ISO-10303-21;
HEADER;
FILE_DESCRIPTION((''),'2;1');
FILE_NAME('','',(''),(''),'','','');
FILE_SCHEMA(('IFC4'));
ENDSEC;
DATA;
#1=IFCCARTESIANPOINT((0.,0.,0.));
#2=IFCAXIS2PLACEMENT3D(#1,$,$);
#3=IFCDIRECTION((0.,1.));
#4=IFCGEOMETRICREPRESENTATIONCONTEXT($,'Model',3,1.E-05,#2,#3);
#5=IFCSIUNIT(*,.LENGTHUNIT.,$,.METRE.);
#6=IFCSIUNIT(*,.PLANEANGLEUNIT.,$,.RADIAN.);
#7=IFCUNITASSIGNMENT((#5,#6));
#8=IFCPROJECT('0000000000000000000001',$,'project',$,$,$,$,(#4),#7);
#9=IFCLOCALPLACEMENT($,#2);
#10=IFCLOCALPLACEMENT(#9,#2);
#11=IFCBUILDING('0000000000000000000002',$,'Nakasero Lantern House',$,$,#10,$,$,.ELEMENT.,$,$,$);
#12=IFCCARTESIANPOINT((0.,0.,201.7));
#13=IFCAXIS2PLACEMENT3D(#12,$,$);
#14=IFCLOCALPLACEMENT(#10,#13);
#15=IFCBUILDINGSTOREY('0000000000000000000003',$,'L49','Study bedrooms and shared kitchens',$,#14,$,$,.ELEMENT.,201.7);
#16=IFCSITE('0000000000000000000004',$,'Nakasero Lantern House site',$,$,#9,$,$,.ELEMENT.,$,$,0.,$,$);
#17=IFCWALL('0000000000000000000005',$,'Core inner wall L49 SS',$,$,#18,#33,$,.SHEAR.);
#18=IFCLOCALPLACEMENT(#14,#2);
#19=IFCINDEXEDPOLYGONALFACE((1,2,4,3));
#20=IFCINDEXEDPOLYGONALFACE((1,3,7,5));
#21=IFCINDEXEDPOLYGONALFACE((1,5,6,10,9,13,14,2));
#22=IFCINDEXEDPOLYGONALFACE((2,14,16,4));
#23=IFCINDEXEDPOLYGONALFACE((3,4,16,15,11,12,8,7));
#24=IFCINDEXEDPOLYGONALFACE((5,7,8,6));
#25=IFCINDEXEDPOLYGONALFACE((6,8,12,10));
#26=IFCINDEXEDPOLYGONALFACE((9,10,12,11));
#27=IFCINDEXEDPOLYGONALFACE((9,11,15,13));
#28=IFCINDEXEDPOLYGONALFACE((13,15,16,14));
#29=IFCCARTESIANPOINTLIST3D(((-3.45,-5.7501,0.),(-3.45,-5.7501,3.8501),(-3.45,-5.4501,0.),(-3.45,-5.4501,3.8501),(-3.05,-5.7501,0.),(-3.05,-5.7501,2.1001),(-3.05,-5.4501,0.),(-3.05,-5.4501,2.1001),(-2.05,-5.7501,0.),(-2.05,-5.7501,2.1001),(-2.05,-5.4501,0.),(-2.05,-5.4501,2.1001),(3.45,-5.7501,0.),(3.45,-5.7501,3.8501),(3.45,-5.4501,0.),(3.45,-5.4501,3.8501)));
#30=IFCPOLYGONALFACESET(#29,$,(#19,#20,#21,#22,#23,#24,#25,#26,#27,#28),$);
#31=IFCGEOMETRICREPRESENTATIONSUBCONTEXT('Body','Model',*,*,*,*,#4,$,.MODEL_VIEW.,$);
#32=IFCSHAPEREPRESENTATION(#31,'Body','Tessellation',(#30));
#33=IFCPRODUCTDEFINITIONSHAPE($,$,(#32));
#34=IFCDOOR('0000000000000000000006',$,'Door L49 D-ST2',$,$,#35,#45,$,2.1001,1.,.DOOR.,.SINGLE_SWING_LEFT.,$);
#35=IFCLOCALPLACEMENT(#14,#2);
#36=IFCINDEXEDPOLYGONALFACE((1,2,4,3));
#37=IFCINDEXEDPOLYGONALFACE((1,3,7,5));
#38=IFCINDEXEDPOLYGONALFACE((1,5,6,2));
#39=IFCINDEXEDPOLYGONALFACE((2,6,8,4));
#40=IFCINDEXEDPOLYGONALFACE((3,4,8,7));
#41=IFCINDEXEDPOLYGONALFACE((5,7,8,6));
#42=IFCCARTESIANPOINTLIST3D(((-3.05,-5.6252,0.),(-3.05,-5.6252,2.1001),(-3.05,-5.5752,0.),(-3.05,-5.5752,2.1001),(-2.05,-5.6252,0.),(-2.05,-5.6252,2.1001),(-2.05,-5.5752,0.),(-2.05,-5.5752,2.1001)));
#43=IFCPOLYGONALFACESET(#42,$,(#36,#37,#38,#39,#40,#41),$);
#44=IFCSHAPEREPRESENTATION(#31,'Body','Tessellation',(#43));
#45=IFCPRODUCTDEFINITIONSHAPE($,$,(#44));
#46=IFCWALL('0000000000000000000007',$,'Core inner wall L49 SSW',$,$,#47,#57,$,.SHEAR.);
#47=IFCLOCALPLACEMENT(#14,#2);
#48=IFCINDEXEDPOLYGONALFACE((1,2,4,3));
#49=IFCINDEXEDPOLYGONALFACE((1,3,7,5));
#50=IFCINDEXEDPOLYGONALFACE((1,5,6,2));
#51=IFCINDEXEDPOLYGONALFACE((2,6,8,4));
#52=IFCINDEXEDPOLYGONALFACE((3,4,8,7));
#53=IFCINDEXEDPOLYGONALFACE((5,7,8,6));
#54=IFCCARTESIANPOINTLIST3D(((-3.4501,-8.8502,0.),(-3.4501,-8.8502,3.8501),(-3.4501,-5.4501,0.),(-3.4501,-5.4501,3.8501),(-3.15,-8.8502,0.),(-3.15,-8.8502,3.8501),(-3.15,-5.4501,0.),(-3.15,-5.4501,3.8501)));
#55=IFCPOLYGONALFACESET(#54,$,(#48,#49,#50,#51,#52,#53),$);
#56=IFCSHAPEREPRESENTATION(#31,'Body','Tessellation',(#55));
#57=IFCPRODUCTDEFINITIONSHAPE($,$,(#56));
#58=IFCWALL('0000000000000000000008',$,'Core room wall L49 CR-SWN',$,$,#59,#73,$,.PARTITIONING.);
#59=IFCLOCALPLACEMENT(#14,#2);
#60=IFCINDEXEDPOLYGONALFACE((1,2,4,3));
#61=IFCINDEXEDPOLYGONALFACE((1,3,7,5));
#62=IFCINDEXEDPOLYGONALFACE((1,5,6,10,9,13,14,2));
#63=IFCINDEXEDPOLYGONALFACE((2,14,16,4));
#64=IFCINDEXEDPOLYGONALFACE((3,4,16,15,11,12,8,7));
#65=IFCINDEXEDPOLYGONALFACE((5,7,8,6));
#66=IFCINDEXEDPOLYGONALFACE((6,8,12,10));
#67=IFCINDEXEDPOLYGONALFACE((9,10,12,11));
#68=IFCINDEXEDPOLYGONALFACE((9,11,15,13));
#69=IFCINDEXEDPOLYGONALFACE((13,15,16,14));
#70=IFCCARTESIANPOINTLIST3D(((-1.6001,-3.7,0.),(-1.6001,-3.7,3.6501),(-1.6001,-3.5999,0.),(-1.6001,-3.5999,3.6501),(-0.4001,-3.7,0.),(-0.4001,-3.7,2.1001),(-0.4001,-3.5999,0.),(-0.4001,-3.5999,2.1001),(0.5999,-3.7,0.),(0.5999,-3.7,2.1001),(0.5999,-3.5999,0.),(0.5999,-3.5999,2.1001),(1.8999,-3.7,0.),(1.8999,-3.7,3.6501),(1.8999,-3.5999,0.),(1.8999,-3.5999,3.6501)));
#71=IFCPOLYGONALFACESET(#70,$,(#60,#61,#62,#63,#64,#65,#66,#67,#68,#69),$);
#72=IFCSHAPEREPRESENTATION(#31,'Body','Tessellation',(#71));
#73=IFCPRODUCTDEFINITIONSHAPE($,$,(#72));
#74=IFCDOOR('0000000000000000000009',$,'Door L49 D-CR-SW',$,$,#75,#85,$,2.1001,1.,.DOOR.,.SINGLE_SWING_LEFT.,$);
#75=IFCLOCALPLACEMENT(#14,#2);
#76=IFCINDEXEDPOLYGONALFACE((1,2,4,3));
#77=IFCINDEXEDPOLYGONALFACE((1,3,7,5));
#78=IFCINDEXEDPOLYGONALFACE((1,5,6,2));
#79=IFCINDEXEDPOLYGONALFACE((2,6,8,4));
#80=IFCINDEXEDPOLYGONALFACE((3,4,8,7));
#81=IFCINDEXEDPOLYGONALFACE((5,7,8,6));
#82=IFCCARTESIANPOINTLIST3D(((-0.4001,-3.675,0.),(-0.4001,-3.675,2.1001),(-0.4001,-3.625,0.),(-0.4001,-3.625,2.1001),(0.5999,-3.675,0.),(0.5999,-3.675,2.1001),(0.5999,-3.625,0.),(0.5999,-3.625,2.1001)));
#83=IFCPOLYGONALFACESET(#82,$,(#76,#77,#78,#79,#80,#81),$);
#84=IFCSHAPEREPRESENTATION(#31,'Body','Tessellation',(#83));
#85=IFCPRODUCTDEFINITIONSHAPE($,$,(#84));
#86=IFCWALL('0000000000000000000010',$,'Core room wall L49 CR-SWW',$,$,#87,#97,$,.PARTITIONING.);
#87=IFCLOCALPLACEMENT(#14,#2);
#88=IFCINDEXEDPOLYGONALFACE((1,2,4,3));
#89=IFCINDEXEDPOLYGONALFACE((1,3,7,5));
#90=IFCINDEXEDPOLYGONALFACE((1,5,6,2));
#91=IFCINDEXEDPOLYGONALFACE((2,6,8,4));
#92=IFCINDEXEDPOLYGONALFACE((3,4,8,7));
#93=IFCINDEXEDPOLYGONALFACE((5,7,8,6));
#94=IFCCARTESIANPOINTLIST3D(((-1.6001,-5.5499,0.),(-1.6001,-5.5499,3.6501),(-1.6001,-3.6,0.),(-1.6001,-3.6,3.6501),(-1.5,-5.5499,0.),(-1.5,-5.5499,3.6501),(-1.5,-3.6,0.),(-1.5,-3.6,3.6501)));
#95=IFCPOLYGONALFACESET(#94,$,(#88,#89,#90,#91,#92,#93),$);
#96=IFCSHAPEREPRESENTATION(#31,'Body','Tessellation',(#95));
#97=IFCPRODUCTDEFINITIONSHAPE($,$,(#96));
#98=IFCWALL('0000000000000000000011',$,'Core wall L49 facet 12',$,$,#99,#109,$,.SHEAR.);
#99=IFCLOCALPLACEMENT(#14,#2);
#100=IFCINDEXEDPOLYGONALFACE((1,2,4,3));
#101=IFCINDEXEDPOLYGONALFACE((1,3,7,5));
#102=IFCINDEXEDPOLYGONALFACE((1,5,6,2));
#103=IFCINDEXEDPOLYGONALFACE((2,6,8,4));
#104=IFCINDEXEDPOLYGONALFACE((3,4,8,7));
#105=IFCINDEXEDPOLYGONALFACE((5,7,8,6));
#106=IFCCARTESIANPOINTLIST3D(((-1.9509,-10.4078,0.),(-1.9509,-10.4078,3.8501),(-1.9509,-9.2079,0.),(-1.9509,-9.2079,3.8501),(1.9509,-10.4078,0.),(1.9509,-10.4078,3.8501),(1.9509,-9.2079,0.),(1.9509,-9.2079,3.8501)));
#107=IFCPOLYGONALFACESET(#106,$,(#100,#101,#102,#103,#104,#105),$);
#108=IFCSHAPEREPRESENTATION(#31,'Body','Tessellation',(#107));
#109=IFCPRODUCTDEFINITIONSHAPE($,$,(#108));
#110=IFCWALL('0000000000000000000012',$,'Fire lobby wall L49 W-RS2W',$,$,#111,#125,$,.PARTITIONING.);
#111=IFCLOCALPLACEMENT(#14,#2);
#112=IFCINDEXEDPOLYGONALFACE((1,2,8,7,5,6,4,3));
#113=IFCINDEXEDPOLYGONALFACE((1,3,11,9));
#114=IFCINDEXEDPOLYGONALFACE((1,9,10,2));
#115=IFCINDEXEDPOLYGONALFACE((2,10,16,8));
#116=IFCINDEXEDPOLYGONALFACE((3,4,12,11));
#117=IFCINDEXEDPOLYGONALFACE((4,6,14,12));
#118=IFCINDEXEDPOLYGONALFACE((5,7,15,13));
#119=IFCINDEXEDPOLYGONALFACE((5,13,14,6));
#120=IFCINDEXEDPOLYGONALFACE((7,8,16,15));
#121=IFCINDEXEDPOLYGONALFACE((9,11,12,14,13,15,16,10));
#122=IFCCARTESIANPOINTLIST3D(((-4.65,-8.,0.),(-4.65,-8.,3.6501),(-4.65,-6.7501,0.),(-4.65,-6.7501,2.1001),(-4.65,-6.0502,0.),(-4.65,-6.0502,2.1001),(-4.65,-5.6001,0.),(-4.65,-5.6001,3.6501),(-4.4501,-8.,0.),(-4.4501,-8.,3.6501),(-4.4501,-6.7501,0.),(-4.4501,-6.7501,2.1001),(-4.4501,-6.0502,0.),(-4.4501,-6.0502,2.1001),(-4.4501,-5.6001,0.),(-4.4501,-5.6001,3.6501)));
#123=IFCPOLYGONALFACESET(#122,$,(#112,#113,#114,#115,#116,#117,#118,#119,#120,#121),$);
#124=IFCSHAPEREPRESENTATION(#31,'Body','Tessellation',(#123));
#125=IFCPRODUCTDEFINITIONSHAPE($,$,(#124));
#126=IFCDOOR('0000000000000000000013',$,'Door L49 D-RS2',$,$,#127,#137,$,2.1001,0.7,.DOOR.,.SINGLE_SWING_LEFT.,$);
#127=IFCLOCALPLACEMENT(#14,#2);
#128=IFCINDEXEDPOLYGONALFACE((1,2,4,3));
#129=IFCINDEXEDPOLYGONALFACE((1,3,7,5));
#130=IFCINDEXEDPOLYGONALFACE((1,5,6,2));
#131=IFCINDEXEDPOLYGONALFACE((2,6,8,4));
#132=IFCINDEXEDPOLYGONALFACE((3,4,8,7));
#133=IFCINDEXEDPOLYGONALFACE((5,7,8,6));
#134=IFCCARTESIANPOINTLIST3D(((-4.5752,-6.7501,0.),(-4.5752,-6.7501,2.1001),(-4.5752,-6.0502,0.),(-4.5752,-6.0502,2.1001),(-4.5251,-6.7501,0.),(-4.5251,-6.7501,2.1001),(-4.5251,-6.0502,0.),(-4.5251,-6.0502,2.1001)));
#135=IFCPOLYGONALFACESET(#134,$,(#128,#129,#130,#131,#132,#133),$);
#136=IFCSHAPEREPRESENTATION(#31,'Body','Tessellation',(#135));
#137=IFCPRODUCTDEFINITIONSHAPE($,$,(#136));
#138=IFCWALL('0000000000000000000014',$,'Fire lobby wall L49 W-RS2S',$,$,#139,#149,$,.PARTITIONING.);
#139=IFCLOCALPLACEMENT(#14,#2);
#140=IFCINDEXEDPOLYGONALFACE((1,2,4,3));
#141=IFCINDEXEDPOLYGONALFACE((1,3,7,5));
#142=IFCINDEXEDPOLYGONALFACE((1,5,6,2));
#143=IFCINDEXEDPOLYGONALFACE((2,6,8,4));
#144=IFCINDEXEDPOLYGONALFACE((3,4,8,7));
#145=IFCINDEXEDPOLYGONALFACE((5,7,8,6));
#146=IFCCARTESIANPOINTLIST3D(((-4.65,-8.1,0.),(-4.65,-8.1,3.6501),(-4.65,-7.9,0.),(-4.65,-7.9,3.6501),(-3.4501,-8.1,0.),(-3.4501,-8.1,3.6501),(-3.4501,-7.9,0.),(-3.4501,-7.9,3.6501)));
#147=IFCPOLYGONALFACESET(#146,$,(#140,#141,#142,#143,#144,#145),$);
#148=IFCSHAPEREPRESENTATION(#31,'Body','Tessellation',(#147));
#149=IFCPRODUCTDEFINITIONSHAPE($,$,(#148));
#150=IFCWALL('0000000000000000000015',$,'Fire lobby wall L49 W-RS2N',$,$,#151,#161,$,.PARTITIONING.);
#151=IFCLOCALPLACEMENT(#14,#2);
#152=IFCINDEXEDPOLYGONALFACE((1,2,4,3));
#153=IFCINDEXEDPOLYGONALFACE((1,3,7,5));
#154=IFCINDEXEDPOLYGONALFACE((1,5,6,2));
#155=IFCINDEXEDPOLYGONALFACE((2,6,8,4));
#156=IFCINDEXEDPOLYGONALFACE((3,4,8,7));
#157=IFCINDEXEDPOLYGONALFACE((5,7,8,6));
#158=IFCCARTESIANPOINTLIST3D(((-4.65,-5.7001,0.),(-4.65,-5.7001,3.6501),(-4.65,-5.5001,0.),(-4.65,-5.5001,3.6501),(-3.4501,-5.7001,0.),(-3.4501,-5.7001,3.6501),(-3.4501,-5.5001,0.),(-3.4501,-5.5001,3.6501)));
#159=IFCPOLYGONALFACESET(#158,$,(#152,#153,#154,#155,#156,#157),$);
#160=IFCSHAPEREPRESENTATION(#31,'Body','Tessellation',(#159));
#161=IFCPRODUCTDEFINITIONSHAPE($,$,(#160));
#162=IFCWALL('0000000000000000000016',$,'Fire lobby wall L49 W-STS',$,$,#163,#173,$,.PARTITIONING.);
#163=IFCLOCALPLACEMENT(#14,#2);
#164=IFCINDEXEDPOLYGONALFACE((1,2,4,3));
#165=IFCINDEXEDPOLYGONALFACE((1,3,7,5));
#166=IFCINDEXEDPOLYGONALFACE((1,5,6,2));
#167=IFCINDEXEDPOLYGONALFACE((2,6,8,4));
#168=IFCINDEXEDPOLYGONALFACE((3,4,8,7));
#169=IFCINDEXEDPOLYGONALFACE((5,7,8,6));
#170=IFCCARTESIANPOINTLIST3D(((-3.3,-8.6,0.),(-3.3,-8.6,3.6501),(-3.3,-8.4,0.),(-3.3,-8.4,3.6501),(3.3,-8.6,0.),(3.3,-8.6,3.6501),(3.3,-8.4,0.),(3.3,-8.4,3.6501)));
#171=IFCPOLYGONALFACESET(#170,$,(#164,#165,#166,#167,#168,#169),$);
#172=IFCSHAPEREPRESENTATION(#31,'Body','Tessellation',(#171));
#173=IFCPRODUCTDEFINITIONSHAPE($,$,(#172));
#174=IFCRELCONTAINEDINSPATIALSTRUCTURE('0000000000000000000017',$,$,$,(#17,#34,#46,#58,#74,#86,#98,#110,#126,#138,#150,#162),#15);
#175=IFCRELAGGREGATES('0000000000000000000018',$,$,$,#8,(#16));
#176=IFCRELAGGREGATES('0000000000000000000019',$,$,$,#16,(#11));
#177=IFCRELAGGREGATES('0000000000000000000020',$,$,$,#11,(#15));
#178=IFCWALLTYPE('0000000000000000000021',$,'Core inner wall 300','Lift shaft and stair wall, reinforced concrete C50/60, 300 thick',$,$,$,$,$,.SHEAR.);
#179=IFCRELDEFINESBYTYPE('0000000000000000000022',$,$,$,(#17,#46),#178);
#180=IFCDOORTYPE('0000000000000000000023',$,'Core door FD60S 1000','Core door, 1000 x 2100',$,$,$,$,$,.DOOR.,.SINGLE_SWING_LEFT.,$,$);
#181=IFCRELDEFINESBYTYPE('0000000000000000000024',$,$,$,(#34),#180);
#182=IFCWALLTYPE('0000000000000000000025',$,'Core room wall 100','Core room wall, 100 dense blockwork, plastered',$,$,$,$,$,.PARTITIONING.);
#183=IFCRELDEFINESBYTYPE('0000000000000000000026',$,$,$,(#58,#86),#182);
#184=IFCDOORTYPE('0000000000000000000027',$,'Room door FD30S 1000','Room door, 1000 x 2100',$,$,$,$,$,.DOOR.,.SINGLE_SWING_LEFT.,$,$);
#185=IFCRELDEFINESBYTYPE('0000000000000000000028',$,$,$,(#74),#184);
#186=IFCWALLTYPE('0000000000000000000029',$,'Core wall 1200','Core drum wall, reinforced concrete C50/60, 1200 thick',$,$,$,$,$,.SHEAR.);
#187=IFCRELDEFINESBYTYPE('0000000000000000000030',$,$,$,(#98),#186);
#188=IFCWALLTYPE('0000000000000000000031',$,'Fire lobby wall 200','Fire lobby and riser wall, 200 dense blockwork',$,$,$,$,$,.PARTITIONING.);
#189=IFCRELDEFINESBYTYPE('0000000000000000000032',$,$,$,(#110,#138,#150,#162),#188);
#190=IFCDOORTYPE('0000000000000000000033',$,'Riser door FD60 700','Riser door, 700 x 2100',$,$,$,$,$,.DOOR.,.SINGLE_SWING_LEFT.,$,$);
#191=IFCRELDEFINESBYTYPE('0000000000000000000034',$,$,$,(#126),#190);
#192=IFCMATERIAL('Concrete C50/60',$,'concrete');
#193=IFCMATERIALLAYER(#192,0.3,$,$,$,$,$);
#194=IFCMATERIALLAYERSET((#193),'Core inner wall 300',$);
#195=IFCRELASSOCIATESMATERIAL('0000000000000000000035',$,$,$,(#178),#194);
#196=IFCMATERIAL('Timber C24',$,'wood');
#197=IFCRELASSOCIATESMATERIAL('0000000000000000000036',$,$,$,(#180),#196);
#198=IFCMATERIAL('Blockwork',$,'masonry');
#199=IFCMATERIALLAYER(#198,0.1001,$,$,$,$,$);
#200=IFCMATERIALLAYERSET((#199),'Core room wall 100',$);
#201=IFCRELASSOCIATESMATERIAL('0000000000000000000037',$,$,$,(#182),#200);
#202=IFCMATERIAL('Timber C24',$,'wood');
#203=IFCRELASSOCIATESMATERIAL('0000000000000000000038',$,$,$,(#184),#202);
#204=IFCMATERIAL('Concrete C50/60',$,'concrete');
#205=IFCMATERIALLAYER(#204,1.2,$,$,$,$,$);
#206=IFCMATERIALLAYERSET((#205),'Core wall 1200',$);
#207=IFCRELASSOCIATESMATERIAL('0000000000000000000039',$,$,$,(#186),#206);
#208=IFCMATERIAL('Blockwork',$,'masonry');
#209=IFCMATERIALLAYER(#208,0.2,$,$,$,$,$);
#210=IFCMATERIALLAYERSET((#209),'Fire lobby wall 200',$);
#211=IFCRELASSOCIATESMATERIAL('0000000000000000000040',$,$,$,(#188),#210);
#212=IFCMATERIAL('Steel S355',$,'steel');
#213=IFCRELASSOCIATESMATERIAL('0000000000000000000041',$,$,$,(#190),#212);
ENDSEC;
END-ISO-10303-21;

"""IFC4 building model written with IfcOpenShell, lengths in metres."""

from ifc_helpers import new_model, si_unit, direction, frame, frame_2d, origin, place, context, subcontext, project, spatial, rectangle, extrude, material, layer, layer_set, type_object, element, fill, save


model = new_model("IFC4")

# Units and contexts
model_context = context("Model", 3, precision=1e-05, world=origin(), true_north=direction((0.0, 1.0)))
body_context = subcontext(model_context, "Body", "Model", "MODEL_VIEW")
ifc_project = project(units=[si_unit("LENGTHUNIT", "METRE"), si_unit("PLANEANGLEUNIT", "RADIAN")], contexts=[model_context])

# Site, building, storey
site_placement = place(None, origin())
site = spatial("IfcSite", under=ifc_project, at=site_placement, Name="Nakasero Lantern House site", CompositionType="ELEMENT", RefElevation=0.0)
building_placement = place(site_placement, origin())
building = spatial("IfcBuilding", under=site, at=building_placement, Name="Nakasero Lantern House", CompositionType="ELEMENT")
storey_placement = place(building_placement, frame((0.0, 0.0, 201.7)))
storey = spatial("IfcBuildingStorey", under=building, at=storey_placement, Name="L49", Description="Study bedrooms and shared kitchens", CompositionType="ELEMENT", Elevation=201.7)

# Wall, opening, door
ifc_material_1 = material(Name="Concrete C50/60", Category="concrete")
ifc_layer_1 = layer(ifc_material_1, 0.3)
ifc_layer_set_1 = layer_set([ifc_layer_1], Name="Core inner wall 300")
wall_type_1 = type_object("IfcWallType", Name="Core inner wall 300", Description="Lift shaft and stair wall, reinforced concrete C50/60, 300 thick", PredefinedType="SHEAR", material=ifc_layer_set_1)
wall_1_placement = place(storey_placement, frame((-3.45, -5.6001, 0.0), z_axis=(0.0, 0.0, 1.0), x_axis=(1.0, 0.0, 0.0)))
wall_1 = element("IfcWall", 1, at=wall_1_placement, inside=storey, type_object=wall_type_1, Name="Core inner wall L49 SS", PredefinedType="SHEAR", context=body_context, shape_type="SweptSolid", body=[
    extrude(rectangle(XDim=6.8999, YDim=0.3, at=frame_2d((3.45, 0.0))), origin(), (0.0, 0.0, 1.0), 3.8501),
])
opening_1_placement = place(wall_1_placement, frame((0.3999, 0.0, 0.0)))
opening_1 = element("IfcOpeningElement", 2, at=opening_1_placement, cuts=wall_1, PredefinedType="OPENING", context=body_context, shape_type="SweptSolid", body=[
    extrude(rectangle(XDim=1.0, YDim=2.1001, at=frame_2d((0.5, 1.05))), frame((0.0, 0.1699, 0.0), z_axis=(0.0, -1.0, 0.0), x_axis=(1.0, 0.0, 0.0)), (0.0, 0.0, 1.0), 0.3401),
])
ifc_material_2 = material(Name="Timber C24", Category="wood")
door_type_1 = type_object("IfcDoorType", Name="Core door FD60S 1000", Description="Core door, 1000 x 2100", OperationType="SINGLE_SWING_LEFT", PredefinedType="DOOR", material=ifc_material_2)
door_1_placement = place(opening_1_placement, origin())
door_1 = element("IfcDoor", 3, at=door_1_placement, inside=storey, type_object=door_type_1, Name="Door L49 D-ST2", OperationType="SINGLE_SWING_LEFT", OverallHeight=2.1001, OverallWidth=1.0, PredefinedType="DOOR", context=body_context, shape_type="SweptSolid", body=[
    extrude(rectangle(XDim=1.0, YDim=2.1001, at=frame_2d((0.5, 1.05))), frame((0.0, 0.0249, 0.0), z_axis=(0.0, -1.0, 0.0), x_axis=(1.0, 0.0, 0.0)), (0.0, 0.0, 1.0), 0.05),
])
fill(opening_1, door_1)

# Wall
wall_2_placement = place(storey_placement, frame((-3.3, -5.45, 0.0), z_axis=(0.0, 0.0, 1.0), x_axis=(0.0, -1.0, 0.0)))
element("IfcWall", 4, at=wall_2_placement, inside=storey, type_object=wall_type_1, Name="Core inner wall L49 SSW", PredefinedType="SHEAR", context=body_context, shape_type="SweptSolid", body=[
    extrude(rectangle(XDim=3.4001, YDim=0.3, at=frame_2d((1.7002, 0.0))), origin(), (0.0, 0.0, 1.0), 3.8501),
])

# Wall, opening, door
ifc_material_3 = material(Name="Blockwork", Category="masonry")
ifc_layer_2 = layer(ifc_material_3, 0.1001)
ifc_layer_set_2 = layer_set([ifc_layer_2], Name="Core room wall 100")
wall_type_2 = type_object("IfcWallType", Name="Core room wall 100", Description="Core room wall, 100 dense blockwork, plastered", PredefinedType="PARTITIONING", material=ifc_layer_set_2)
wall_3_placement = place(storey_placement, frame((-1.6001, -3.6499, 0.0), z_axis=(0.0, 0.0, 1.0), x_axis=(1.0, 0.0, 0.0)))
wall_3 = element("IfcWall", 5, at=wall_3_placement, inside=storey, type_object=wall_type_2, Name="Core room wall L49 CR-SWN", PredefinedType="PARTITIONING", context=body_context, shape_type="SweptSolid", body=[
    extrude(rectangle(XDim=3.5, YDim=0.1001, at=frame_2d((1.75, 0.0))), origin(), (0.0, 0.0, 1.0), 3.6501),
])
opening_2_placement = place(wall_3_placement, frame((1.2, 0.0, 0.0)))
opening_2 = element("IfcOpeningElement", 6, at=opening_2_placement, cuts=wall_3, PredefinedType="OPENING", context=body_context, shape_type="SweptSolid", body=[
    extrude(rectangle(XDim=1.0, YDim=2.1001, at=frame_2d((0.5, 1.05))), frame((0.0, 0.0701, 0.0), z_axis=(0.0, -1.0, 0.0), x_axis=(1.0, 0.0, 0.0)), (0.0, 0.0, 1.0), 0.1401),
])
ifc_material_4 = material(Name="Timber C24", Category="wood")
door_type_2 = type_object("IfcDoorType", Name="Room door FD30S 1000", Description="Room door, 1000 x 2100", OperationType="SINGLE_SWING_LEFT", PredefinedType="DOOR", material=ifc_material_4)
door_2_placement = place(opening_2_placement, origin())
door_2 = element("IfcDoor", 7, at=door_2_placement, inside=storey, type_object=door_type_2, Name="Door L49 D-CR-SW", OperationType="SINGLE_SWING_LEFT", OverallHeight=2.1001, OverallWidth=1.0, PredefinedType="DOOR", context=body_context, shape_type="SweptSolid", body=[
    extrude(rectangle(XDim=1.0, YDim=2.1001, at=frame_2d((0.5, 1.05))), frame((0.0, 0.0249, 0.0), z_axis=(0.0, -1.0, 0.0), x_axis=(1.0, 0.0, 0.0)), (0.0, 0.0, 1.0), 0.05),
])
fill(opening_2, door_2)

# Walls
wall_4_placement = place(storey_placement, frame((-1.55, -5.55, 0.0), z_axis=(0.0, 0.0, 1.0), x_axis=(0.0, 1.0, 0.0)))
element("IfcWall", 8, at=wall_4_placement, inside=storey, type_object=wall_type_2, Name="Core room wall L49 CR-SWW", PredefinedType="PARTITIONING", context=body_context, shape_type="SweptSolid", body=[
    extrude(rectangle(XDim=1.95, YDim=0.1001, at=frame_2d((0.9751, 0.0))), origin(), (0.0, 0.0, 1.0), 3.6501),
])
ifc_material_5 = material(Name="Concrete C50/60", Category="concrete")
ifc_layer_3 = layer(ifc_material_5, 1.2)
ifc_layer_set_3 = layer_set([ifc_layer_3], Name="Core wall 1200")
wall_type_3 = type_object("IfcWallType", Name="Core wall 1200", Description="Core drum wall, reinforced concrete C50/60, 1200 thick", PredefinedType="SHEAR", material=ifc_layer_set_3)
wall_5_placement = place(storey_placement, frame((-1.9509, -9.8079, 0.0), z_axis=(0.0, 0.0, 1.0), x_axis=(1.0, 0.0, 0.0)))
element("IfcWall", 9, at=wall_5_placement, inside=storey, type_object=wall_type_3, Name="Core wall L49 facet 12", PredefinedType="SHEAR", context=body_context, shape_type="SweptSolid", body=[
    extrude(rectangle(XDim=3.9019, YDim=1.2, at=frame_2d((1.9509, 0.0))), origin(), (0.0, 0.0, 1.0), 3.8501),
])

# Wall, opening, door
ifc_material_6 = material(Name="Blockwork", Category="masonry")
ifc_layer_4 = layer(ifc_material_6, 0.2)
ifc_layer_set_4 = layer_set([ifc_layer_4], Name="Fire lobby wall 200")
wall_type_4 = type_object("IfcWallType", Name="Fire lobby wall 200", Description="Fire lobby and riser wall, 200 dense blockwork", PredefinedType="PARTITIONING", material=ifc_layer_set_4)
wall_6_placement = place(storey_placement, frame((-4.55, -5.6001, 0.0), z_axis=(0.0, 0.0, 1.0), x_axis=(0.0, -1.0, 0.0)))
wall_6 = element("IfcWall", 10, at=wall_6_placement, inside=storey, type_object=wall_type_4, Name="Fire lobby wall L49 W-RS2W", PredefinedType="PARTITIONING", context=body_context, shape_type="SweptSolid", body=[
    extrude(rectangle(XDim=2.3999, YDim=0.2, at=frame_2d((1.2, 0.0))), origin(), (0.0, 0.0, 1.0), 3.6501),
])
opening_3_placement = place(wall_6_placement, frame((0.45, 0.0, 0.0)))
opening_3 = element("IfcOpeningElement", 11, at=opening_3_placement, cuts=wall_6, PredefinedType="OPENING", context=body_context, shape_type="SweptSolid", body=[
    extrude(rectangle(XDim=0.7, YDim=2.1001, at=frame_2d((0.3501, 1.05))), frame((0.0, 0.1199, 0.0), z_axis=(0.0, -1.0, 0.0), x_axis=(1.0, 0.0, 0.0)), (0.0, 0.0, 1.0), 0.24),
])
ifc_material_7 = material(Name="Steel S355", Category="steel")
door_type_3 = type_object("IfcDoorType", Name="Riser door FD60 700", Description="Riser door, 700 x 2100", OperationType="SINGLE_SWING_LEFT", PredefinedType="DOOR", material=ifc_material_7)
door_3_placement = place(opening_3_placement, origin())
door_3 = element("IfcDoor", 12, at=door_3_placement, inside=storey, type_object=door_type_3, Name="Door L49 D-RS2", OperationType="SINGLE_SWING_LEFT", OverallHeight=2.1001, OverallWidth=0.7, PredefinedType="DOOR", context=body_context, shape_type="SweptSolid", body=[
    extrude(rectangle(XDim=0.7, YDim=2.1001, at=frame_2d((0.3501, 1.05))), frame((0.0, 0.0249, 0.0), z_axis=(0.0, -1.0, 0.0), x_axis=(1.0, 0.0, 0.0)), (0.0, 0.0, 1.0), 0.05),
])
fill(opening_3, door_3)

# Walls
for number, where, z_axis, x_axis, name in (
    (13, (-3.45, -8.0, 0.0), (0.0, 0.0, 1.0), (-1.0, 0.0, 0.0), "Fire lobby wall L49 W-RS2S"),
    (14, (-3.45, -5.6001, 0.0), (0.0, 0.0, 1.0), (-1.0, 0.0, 0.0), "Fire lobby wall L49 W-RS2N"),
):
    element("IfcWall", number, at=place(storey_placement, frame(where, z_axis=z_axis, x_axis=x_axis)), inside=storey, type_object=wall_type_4, Name=name, PredefinedType="PARTITIONING", context=body_context, shape_type="SweptSolid", body=[
        extrude(rectangle(XDim=1.2, YDim=0.2, at=frame_2d((0.6001, 0.0))), origin(), (0.0, 0.0, 1.0), 3.6501),
    ])
wall_7_placement = place(storey_placement, frame((-3.3, -8.5, 0.0), z_axis=(0.0, 0.0, 1.0), x_axis=(1.0, 0.0, 0.0)))
element("IfcWall", 15, at=wall_7_placement, inside=storey, type_object=wall_type_4, Name="Fire lobby wall L49 W-STS", PredefinedType="PARTITIONING", context=body_context, shape_type="SweptSolid", body=[
    extrude(rectangle(XDim=6.6001, YDim=0.2, at=frame_2d((3.3, 0.0))), origin(), (0.0, 0.0, 1.0), 3.6501),
])

save(model, "model.ifc")
